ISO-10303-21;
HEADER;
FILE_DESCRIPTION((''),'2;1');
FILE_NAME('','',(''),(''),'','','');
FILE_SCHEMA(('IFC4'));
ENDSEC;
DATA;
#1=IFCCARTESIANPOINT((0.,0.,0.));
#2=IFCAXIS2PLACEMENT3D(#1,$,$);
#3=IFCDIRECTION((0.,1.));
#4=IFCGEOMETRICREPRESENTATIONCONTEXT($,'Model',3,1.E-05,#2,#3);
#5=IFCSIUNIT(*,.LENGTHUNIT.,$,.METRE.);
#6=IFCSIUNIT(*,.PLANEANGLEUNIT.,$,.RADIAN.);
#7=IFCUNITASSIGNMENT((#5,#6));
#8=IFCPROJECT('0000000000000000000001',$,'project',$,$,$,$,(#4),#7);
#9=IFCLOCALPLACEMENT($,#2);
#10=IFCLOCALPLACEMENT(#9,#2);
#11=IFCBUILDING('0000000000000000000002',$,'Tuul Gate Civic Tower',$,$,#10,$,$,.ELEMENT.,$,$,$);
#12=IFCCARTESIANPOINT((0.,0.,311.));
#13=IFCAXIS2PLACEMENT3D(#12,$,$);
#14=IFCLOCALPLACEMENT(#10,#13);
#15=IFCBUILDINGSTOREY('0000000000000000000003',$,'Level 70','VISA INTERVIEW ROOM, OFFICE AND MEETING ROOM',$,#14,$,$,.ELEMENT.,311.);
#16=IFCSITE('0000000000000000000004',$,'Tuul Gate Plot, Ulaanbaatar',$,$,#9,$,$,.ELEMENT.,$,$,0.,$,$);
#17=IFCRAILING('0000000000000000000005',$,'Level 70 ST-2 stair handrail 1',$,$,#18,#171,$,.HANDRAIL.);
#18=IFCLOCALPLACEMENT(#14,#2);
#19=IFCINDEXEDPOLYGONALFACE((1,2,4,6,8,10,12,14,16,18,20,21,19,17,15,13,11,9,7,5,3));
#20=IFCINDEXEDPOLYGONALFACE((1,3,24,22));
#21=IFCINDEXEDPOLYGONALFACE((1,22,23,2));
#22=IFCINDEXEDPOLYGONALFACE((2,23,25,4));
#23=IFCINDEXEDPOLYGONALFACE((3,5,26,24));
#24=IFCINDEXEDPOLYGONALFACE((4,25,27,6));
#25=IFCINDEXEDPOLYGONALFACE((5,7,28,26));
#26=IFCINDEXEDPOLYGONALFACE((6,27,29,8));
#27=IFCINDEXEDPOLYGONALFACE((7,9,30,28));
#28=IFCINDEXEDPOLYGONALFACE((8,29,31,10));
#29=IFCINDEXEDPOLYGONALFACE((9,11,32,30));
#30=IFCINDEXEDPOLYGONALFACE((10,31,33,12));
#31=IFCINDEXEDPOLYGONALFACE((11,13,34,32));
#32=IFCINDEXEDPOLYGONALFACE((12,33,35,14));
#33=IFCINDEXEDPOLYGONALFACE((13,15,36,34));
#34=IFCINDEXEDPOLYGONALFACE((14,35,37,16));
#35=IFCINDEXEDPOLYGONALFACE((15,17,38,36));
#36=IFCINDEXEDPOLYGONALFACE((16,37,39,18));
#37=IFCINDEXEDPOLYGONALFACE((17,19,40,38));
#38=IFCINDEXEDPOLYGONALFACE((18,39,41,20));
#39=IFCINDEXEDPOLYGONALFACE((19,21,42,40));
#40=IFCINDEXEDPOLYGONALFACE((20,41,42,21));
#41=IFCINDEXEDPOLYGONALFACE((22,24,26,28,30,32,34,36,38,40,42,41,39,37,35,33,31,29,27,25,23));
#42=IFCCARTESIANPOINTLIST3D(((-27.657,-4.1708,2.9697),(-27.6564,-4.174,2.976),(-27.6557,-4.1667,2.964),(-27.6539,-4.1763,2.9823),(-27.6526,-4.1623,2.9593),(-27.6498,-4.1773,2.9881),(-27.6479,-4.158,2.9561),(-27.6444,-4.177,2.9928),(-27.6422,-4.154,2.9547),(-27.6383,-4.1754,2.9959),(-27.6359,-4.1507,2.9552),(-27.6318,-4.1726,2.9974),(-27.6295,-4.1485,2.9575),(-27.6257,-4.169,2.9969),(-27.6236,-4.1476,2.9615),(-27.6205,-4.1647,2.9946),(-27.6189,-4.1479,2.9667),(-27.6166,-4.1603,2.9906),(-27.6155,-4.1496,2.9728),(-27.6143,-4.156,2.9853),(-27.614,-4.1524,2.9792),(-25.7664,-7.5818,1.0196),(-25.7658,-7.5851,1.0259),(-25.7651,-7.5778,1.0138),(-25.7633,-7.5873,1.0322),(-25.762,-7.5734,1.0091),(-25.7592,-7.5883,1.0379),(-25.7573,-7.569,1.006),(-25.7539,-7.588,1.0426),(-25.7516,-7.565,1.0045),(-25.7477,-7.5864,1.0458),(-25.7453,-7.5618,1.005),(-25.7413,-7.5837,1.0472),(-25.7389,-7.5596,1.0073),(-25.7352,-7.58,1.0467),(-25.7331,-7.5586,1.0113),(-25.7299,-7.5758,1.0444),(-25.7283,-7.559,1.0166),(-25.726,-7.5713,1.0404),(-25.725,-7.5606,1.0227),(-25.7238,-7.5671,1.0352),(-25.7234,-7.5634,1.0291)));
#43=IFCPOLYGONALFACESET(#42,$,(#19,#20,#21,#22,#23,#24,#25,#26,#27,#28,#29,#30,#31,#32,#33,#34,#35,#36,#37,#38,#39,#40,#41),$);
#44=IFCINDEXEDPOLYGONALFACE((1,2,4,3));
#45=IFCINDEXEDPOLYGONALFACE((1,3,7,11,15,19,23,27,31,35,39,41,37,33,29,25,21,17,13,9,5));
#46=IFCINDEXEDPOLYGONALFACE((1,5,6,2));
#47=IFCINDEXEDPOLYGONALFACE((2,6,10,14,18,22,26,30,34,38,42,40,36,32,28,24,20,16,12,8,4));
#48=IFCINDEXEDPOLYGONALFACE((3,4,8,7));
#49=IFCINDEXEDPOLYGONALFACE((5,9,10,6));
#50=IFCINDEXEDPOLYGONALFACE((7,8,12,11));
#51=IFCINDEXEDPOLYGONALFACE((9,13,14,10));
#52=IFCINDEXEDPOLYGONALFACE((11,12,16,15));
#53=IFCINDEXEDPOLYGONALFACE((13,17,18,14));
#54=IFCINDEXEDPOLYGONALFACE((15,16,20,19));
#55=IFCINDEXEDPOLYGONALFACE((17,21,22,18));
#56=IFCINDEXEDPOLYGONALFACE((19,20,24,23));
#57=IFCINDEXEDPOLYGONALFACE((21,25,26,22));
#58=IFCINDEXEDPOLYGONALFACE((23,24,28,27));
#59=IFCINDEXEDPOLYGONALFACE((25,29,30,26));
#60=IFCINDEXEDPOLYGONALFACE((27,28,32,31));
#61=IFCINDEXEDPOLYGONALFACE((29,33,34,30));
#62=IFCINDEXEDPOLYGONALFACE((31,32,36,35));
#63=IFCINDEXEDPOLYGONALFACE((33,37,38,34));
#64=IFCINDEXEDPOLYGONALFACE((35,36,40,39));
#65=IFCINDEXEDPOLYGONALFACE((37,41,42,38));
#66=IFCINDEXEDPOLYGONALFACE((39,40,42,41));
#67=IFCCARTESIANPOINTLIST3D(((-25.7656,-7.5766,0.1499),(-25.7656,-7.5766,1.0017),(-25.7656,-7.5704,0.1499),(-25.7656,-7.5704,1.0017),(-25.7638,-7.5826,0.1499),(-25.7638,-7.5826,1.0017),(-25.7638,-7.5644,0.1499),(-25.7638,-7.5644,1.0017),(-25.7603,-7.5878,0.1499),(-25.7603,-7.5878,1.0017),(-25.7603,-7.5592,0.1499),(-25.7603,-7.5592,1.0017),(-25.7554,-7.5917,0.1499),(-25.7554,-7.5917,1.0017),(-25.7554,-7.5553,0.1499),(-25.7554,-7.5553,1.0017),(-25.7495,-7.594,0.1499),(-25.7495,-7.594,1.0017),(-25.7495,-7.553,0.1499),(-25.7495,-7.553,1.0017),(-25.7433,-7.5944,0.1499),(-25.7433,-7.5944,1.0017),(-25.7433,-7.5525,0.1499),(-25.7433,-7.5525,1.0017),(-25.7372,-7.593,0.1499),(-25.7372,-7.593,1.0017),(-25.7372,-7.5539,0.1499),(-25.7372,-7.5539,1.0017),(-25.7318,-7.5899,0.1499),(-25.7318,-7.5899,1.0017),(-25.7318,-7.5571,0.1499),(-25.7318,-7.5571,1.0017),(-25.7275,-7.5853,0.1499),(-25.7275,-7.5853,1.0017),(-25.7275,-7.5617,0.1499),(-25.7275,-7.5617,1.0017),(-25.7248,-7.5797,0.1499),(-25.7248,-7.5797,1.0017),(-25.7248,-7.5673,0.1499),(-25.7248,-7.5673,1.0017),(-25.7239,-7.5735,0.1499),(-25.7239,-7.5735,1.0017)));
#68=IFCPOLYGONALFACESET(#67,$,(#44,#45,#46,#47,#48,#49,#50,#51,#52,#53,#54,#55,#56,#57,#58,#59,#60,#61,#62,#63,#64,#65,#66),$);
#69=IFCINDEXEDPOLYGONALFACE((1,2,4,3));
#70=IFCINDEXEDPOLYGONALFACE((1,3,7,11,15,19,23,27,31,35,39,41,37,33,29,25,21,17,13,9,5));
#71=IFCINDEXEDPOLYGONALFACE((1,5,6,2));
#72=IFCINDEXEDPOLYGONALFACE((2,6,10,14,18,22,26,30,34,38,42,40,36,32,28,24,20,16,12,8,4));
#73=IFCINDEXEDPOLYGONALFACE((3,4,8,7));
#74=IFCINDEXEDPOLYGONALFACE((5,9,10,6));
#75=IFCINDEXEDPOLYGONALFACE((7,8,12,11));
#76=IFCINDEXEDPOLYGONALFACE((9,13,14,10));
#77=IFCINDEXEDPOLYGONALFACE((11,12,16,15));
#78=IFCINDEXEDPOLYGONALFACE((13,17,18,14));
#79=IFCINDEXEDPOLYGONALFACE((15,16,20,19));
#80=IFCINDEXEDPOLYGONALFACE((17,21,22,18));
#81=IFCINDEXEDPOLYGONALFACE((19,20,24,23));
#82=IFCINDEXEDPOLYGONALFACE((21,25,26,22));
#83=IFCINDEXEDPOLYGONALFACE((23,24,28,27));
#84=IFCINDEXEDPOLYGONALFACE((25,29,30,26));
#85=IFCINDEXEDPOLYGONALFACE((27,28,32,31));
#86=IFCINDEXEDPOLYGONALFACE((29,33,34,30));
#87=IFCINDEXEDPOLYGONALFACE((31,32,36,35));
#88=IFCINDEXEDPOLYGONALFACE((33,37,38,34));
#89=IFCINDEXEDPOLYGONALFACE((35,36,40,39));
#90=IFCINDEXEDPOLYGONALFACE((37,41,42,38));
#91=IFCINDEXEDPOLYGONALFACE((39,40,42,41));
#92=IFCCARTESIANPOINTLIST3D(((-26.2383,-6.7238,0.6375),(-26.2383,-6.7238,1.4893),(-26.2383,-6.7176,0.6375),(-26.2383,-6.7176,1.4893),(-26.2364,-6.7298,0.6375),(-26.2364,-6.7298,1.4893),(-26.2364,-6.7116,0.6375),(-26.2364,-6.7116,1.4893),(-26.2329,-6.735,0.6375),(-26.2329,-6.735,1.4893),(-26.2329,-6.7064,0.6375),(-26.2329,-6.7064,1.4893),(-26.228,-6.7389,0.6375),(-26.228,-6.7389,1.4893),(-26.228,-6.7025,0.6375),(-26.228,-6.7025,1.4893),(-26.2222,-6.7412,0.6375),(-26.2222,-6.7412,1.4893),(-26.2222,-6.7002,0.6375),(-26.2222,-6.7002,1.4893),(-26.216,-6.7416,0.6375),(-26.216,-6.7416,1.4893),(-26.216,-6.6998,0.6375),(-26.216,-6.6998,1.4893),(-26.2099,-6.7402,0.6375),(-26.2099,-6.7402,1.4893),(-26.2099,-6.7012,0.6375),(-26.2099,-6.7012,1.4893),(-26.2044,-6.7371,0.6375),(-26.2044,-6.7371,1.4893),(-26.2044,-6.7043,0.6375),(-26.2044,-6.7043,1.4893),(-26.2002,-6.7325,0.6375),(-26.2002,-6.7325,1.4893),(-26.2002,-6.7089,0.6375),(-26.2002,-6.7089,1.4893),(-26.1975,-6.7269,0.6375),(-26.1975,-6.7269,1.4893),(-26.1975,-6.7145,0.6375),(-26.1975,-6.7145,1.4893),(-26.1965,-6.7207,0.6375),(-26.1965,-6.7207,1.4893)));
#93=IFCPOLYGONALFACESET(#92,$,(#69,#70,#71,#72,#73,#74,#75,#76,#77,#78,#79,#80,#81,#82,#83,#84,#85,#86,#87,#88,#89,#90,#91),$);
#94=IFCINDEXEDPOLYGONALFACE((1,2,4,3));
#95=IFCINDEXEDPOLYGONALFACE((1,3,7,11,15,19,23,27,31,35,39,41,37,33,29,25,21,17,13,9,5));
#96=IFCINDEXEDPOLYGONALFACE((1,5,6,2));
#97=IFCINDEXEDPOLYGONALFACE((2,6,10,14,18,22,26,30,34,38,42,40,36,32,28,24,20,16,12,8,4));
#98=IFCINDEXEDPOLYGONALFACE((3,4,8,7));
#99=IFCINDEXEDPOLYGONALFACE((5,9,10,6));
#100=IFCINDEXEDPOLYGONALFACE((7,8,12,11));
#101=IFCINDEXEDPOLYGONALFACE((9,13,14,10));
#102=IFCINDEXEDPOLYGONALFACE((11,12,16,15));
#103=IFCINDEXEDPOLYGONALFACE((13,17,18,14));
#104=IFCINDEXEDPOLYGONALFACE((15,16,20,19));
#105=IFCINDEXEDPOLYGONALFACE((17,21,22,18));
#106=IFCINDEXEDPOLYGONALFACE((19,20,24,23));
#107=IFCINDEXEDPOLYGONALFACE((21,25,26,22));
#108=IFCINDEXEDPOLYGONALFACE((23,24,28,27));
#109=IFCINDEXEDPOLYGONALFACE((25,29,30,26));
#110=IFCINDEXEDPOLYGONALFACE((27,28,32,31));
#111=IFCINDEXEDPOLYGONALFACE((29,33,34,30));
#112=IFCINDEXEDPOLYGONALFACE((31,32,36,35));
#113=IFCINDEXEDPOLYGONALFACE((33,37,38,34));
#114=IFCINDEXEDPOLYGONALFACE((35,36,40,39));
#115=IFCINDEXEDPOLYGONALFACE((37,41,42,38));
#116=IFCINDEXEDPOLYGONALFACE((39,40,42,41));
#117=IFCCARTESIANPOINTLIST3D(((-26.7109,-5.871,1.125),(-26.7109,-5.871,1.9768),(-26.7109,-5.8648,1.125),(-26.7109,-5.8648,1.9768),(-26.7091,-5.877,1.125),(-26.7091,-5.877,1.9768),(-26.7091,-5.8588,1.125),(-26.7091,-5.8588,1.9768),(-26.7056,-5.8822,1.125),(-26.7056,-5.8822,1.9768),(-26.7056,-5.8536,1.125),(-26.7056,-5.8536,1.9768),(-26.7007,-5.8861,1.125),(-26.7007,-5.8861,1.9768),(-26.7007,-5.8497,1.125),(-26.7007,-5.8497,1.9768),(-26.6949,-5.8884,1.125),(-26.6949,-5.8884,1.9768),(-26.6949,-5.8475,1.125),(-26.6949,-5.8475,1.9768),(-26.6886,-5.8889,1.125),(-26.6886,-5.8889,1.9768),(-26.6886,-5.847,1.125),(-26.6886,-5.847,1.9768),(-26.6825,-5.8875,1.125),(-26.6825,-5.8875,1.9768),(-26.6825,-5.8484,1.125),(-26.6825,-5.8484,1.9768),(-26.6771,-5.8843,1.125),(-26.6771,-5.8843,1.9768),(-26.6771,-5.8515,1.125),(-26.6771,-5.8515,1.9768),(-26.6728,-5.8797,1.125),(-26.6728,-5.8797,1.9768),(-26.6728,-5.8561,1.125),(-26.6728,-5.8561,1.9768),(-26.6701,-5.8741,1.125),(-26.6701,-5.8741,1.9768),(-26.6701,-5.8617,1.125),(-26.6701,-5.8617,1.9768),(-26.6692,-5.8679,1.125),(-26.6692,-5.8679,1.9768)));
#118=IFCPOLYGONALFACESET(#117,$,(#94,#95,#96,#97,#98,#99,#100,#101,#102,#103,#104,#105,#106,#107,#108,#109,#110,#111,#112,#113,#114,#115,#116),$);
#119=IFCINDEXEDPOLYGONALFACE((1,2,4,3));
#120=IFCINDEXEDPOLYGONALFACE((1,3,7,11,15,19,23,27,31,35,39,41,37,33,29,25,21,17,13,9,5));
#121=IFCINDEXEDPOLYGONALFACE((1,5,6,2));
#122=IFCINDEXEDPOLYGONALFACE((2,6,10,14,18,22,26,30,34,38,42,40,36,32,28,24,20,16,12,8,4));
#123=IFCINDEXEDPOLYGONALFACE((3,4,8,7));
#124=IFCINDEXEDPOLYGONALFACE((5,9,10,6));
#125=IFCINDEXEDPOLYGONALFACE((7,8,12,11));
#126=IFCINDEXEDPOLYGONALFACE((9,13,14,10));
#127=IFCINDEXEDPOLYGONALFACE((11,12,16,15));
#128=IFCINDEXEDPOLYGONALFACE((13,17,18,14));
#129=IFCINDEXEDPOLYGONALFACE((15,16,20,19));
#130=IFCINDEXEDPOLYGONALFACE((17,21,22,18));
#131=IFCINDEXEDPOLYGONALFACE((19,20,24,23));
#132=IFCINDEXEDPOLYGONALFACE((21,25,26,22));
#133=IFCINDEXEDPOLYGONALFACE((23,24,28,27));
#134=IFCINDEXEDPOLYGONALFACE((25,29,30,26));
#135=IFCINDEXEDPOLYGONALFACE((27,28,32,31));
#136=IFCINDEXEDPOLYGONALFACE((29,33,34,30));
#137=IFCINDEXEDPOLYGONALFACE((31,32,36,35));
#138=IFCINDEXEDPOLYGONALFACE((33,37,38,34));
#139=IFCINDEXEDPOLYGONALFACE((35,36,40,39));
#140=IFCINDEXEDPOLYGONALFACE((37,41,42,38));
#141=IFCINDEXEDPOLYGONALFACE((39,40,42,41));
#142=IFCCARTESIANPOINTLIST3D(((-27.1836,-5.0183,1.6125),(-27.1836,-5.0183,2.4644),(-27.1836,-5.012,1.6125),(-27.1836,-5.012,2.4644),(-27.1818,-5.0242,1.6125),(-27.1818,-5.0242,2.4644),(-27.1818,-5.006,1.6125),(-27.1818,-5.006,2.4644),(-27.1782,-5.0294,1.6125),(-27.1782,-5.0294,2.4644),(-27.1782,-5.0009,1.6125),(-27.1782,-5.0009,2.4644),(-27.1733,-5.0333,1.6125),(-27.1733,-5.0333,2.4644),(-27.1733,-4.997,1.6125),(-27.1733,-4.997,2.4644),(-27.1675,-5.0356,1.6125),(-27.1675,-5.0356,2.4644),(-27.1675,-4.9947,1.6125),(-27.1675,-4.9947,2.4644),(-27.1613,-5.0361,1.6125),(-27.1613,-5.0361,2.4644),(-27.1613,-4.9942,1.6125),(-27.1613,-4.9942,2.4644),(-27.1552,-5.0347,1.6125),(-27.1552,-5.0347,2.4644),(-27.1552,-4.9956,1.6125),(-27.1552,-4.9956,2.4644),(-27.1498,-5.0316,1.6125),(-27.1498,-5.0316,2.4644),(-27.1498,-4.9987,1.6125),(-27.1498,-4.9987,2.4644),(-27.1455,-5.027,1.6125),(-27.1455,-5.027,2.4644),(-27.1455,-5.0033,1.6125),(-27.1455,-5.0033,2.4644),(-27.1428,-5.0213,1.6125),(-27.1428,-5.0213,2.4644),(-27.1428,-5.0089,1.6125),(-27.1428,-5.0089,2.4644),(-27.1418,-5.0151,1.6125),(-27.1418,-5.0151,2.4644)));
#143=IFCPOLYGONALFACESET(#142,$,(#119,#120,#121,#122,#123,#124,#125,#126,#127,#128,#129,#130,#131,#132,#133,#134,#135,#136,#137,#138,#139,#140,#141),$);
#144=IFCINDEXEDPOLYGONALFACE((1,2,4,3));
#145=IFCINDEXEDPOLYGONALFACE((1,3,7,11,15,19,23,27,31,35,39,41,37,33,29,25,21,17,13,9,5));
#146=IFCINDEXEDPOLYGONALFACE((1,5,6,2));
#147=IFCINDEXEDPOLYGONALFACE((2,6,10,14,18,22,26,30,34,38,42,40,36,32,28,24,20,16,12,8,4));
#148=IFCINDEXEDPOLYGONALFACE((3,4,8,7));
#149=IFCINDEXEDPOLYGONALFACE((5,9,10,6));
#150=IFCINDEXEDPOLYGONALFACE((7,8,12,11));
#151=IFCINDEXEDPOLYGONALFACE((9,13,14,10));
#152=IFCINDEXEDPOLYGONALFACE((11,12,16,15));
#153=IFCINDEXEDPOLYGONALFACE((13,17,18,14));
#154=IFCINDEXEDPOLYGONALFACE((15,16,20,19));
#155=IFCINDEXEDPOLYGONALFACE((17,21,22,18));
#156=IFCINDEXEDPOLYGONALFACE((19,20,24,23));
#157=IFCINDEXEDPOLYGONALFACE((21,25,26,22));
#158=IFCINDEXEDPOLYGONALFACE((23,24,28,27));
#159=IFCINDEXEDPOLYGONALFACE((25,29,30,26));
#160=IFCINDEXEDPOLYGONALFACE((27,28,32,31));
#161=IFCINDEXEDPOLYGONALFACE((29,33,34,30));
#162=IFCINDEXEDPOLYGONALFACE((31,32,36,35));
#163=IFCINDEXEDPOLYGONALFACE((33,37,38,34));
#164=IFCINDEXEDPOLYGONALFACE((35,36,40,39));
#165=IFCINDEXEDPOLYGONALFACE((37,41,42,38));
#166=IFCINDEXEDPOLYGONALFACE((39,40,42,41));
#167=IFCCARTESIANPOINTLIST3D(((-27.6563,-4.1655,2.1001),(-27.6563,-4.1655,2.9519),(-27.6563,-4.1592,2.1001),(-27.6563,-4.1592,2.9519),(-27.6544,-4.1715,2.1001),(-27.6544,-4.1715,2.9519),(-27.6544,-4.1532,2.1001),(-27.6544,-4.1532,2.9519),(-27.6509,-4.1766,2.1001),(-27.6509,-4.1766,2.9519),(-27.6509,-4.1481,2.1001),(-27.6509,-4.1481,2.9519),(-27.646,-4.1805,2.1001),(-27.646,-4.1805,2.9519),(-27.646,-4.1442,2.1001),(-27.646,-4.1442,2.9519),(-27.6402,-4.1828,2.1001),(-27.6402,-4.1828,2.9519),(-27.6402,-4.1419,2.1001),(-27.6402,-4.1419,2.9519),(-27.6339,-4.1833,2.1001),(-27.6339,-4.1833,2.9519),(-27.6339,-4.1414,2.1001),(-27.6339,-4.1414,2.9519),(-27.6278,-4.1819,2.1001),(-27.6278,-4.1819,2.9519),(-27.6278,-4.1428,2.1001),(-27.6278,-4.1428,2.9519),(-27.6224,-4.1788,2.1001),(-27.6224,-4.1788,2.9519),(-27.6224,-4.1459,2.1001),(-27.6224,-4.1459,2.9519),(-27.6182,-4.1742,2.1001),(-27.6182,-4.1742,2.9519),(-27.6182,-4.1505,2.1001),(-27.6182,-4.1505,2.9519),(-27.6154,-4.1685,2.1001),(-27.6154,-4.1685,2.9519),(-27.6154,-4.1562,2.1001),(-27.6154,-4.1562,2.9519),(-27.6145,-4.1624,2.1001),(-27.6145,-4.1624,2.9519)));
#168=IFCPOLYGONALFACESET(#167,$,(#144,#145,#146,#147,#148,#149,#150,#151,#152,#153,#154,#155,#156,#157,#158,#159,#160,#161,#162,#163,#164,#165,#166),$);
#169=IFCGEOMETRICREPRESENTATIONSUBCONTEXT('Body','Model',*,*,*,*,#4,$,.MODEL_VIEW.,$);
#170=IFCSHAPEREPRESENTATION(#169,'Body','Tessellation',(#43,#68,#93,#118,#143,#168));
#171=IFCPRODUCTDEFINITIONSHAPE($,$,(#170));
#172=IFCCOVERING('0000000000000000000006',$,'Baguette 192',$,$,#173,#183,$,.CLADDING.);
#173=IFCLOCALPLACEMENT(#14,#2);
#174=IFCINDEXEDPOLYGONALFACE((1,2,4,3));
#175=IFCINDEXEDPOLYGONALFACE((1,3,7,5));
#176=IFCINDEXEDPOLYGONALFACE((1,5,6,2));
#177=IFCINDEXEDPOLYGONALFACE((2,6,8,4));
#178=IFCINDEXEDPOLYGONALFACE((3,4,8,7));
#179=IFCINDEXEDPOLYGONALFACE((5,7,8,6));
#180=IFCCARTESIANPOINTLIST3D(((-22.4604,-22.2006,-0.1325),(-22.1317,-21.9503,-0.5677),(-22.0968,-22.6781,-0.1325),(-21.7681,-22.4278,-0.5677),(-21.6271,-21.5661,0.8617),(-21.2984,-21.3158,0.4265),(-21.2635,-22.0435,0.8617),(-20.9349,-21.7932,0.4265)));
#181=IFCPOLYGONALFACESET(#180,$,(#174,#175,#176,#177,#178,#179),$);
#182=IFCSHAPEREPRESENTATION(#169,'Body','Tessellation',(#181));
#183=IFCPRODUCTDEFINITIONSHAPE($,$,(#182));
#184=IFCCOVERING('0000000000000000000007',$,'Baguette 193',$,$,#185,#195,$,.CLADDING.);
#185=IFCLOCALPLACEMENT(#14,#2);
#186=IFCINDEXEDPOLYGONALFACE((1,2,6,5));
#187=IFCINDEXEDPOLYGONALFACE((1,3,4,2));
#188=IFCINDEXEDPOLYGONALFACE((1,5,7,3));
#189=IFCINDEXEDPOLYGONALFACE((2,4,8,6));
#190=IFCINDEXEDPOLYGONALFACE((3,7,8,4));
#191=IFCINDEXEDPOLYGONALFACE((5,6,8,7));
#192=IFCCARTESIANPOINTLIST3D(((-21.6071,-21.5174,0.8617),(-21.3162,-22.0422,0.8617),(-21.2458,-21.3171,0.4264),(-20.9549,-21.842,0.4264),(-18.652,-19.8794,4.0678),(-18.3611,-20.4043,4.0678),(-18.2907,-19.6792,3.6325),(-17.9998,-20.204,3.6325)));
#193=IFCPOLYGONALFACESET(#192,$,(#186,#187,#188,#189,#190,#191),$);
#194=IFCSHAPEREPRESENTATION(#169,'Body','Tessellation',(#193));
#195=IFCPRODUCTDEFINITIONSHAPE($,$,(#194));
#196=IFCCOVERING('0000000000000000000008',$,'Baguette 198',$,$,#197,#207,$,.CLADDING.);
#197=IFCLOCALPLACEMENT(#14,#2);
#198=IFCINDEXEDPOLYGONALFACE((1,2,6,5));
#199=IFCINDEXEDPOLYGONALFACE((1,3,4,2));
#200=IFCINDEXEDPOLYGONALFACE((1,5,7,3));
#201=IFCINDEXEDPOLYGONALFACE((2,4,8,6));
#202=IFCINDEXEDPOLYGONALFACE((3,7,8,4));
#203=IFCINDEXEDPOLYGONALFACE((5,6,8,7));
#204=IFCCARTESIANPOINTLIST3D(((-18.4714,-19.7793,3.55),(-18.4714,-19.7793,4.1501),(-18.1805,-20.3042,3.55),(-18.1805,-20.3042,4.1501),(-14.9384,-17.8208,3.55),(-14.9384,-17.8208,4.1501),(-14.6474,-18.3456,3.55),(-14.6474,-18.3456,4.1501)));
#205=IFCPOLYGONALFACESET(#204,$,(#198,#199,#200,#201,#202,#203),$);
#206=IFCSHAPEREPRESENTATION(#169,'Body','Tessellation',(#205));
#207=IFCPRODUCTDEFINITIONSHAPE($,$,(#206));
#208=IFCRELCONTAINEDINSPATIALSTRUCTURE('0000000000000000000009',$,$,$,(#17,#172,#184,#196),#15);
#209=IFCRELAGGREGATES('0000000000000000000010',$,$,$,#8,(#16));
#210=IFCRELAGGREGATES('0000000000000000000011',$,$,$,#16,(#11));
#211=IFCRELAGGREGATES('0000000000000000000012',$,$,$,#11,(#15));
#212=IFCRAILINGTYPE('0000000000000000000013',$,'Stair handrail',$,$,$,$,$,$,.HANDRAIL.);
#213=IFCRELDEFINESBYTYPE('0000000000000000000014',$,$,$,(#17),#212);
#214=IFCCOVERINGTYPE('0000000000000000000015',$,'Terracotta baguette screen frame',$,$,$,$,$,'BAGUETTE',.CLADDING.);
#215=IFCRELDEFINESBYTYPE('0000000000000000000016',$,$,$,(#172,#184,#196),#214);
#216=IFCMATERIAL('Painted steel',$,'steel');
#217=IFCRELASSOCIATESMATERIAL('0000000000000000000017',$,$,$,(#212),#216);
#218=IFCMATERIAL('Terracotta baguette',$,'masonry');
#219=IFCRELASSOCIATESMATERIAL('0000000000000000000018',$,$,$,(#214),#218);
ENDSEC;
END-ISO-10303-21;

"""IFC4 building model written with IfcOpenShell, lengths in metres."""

from ifc_helpers import new_model, si_unit, direction, frame, origin, origin_2d, place, context, subcontext, project, spatial, rectangle, circle, extrude, material, material_profile, profile_set, type_object, element, save


model = new_model("IFC4")

# Units and contexts
model_context = context("Model", 3, precision=1e-05, world=origin(), true_north=direction((0.0, 1.0)))
body_context = subcontext(model_context, "Body", "Model", "MODEL_VIEW")
ifc_project = project(units=[si_unit("LENGTHUNIT", "METRE"), si_unit("PLANEANGLEUNIT", "RADIAN")], contexts=[model_context])

# Site, building, storey
site_placement = place(None, origin())
site = spatial("IfcSite", under=ifc_project, at=site_placement, Name="Tuul Gate Plot, Ulaanbaatar", CompositionType="ELEMENT", RefElevation=0.0)
building_placement = place(site_placement, origin())
building = spatial("IfcBuilding", under=site, at=building_placement, Name="Tuul Gate Civic Tower", CompositionType="ELEMENT")
storey_placement = place(building_placement, frame((0.0, 0.0, 311.0)))
storey = spatial("IfcBuildingStorey", under=building, at=storey_placement, Name="Level 70", Description="VISA INTERVIEW ROOM, OFFICE AND MEETING ROOM", CompositionType="ELEMENT", Elevation=311.0)

# Railing
ifc_material_1 = material(Name="Painted steel", Category="steel")
railing_type = type_object("IfcRailingType", Name="Stair handrail", PredefinedType="HANDRAIL", material=ifc_material_1)
railing_placement = place(storey_placement, frame((-25.7449, -7.5735, 0.1499)))
element("IfcRailing", 1, at=railing_placement, inside=storey, type_object=railing_type, Name="Level 70 ST-2 stair handrail 1", PredefinedType="HANDRAIL", context=body_context, shape_type="SweptSolid", body=[
    extrude(circle(Radius=0.0239, at=origin_2d()), frame((0.0, 0.0, 0.876), z_axis=(-0.433585, 0.782289, 0.447246), x_axis=(-0.874641, -0.484771, 0.0)), (0.0, 0.0, 1.0), 4.3604),
    extrude(circle(Radius=0.021, at=origin_2d()), origin(), (0.0, 0.0, 1.0), 0.8518),
    extrude(circle(Radius=0.021, at=origin_2d()), frame((-0.4727, 0.8528, 0.4875)), (0.0, 0.0, 1.0), 0.8518),
    extrude(circle(Radius=0.021, at=origin_2d()), frame((-0.9453, 1.7056, 0.9751)), (0.0, 0.0, 1.0), 0.8518),
    extrude(circle(Radius=0.021, at=origin_2d()), frame((-1.418, 2.5583, 1.4626)), (0.0, 0.0, 1.0), 0.8518),
    extrude(circle(Radius=0.021, at=origin_2d()), frame((-1.8906, 3.4111, 1.9502)), (0.0, 0.0, 1.0), 0.8518),
])

# Coverings
ifc_material_2 = material(Name="Terracotta baguette", Category="masonry")
ifc_material_profile_1 = material_profile(ifc_material_2, rectangle(XDim=0.6001, YDim=0.6001, at=origin_2d()), Name="Terracotta baguette screen frame")
ifc_profile_set_1 = profile_set([ifc_material_profile_1], Name="Terracotta baguette")
covering_type = type_object("IfcCoveringType", Name="Terracotta baguette screen frame", ElementType="BAGUETTE", PredefinedType="CLADDING", material=ifc_profile_set_1)
covering_1_placement = place(storey_placement, frame((-22.1143, -22.3142, -0.3501), z_axis=(0.57703, 0.439408, 0.688446), x_axis=(-0.60584, 0.795587, 0.0)))
element("IfcCovering", 2, at=covering_1_placement, inside=storey, type_object=covering_type, Name="Baguette 192", PredefinedType="CLADDING", context=body_context, shape_type="SweptSolid", body=[
    extrude(rectangle(XDim=0.6001, YDim=0.6001, at=origin_2d()), origin(), (0.0, 0.0, 1.0), 1.4441),
])
covering_2_placement = place(storey_placement, frame((-21.281, -21.6797, 0.644), z_axis=(0.634451, 0.351663, 0.688335), x_axis=(-0.48479, 0.874631, 0.0)))
element("IfcCovering", 3, at=covering_2_placement, inside=storey, type_object=covering_type, Name="Baguette 193", PredefinedType="CLADDING", context=body_context, shape_type="SweptSolid", body=[
    extrude(rectangle(XDim=0.6001, YDim=0.6001, at=origin_2d()), origin(), (0.0, 0.0, 1.0), 4.6577),
])
covering_3_placement = place(storey_placement, frame((-18.3259, -20.0417, 3.8501), z_axis=(0.874604, 0.484837, 0.0), x_axis=(-0.484837, 0.874604, 0.0)))
element("IfcCovering", 4, at=covering_3_placement, inside=storey, type_object=covering_type, Name="Baguette 198", PredefinedType="CLADDING", context=body_context, shape_type="SweptSolid", body=[
    extrude(rectangle(XDim=0.6001, YDim=0.6001, at=origin_2d()), origin(), (0.0, 0.0, 1.0), 4.0396),
])

save(model, "model.ifc")
